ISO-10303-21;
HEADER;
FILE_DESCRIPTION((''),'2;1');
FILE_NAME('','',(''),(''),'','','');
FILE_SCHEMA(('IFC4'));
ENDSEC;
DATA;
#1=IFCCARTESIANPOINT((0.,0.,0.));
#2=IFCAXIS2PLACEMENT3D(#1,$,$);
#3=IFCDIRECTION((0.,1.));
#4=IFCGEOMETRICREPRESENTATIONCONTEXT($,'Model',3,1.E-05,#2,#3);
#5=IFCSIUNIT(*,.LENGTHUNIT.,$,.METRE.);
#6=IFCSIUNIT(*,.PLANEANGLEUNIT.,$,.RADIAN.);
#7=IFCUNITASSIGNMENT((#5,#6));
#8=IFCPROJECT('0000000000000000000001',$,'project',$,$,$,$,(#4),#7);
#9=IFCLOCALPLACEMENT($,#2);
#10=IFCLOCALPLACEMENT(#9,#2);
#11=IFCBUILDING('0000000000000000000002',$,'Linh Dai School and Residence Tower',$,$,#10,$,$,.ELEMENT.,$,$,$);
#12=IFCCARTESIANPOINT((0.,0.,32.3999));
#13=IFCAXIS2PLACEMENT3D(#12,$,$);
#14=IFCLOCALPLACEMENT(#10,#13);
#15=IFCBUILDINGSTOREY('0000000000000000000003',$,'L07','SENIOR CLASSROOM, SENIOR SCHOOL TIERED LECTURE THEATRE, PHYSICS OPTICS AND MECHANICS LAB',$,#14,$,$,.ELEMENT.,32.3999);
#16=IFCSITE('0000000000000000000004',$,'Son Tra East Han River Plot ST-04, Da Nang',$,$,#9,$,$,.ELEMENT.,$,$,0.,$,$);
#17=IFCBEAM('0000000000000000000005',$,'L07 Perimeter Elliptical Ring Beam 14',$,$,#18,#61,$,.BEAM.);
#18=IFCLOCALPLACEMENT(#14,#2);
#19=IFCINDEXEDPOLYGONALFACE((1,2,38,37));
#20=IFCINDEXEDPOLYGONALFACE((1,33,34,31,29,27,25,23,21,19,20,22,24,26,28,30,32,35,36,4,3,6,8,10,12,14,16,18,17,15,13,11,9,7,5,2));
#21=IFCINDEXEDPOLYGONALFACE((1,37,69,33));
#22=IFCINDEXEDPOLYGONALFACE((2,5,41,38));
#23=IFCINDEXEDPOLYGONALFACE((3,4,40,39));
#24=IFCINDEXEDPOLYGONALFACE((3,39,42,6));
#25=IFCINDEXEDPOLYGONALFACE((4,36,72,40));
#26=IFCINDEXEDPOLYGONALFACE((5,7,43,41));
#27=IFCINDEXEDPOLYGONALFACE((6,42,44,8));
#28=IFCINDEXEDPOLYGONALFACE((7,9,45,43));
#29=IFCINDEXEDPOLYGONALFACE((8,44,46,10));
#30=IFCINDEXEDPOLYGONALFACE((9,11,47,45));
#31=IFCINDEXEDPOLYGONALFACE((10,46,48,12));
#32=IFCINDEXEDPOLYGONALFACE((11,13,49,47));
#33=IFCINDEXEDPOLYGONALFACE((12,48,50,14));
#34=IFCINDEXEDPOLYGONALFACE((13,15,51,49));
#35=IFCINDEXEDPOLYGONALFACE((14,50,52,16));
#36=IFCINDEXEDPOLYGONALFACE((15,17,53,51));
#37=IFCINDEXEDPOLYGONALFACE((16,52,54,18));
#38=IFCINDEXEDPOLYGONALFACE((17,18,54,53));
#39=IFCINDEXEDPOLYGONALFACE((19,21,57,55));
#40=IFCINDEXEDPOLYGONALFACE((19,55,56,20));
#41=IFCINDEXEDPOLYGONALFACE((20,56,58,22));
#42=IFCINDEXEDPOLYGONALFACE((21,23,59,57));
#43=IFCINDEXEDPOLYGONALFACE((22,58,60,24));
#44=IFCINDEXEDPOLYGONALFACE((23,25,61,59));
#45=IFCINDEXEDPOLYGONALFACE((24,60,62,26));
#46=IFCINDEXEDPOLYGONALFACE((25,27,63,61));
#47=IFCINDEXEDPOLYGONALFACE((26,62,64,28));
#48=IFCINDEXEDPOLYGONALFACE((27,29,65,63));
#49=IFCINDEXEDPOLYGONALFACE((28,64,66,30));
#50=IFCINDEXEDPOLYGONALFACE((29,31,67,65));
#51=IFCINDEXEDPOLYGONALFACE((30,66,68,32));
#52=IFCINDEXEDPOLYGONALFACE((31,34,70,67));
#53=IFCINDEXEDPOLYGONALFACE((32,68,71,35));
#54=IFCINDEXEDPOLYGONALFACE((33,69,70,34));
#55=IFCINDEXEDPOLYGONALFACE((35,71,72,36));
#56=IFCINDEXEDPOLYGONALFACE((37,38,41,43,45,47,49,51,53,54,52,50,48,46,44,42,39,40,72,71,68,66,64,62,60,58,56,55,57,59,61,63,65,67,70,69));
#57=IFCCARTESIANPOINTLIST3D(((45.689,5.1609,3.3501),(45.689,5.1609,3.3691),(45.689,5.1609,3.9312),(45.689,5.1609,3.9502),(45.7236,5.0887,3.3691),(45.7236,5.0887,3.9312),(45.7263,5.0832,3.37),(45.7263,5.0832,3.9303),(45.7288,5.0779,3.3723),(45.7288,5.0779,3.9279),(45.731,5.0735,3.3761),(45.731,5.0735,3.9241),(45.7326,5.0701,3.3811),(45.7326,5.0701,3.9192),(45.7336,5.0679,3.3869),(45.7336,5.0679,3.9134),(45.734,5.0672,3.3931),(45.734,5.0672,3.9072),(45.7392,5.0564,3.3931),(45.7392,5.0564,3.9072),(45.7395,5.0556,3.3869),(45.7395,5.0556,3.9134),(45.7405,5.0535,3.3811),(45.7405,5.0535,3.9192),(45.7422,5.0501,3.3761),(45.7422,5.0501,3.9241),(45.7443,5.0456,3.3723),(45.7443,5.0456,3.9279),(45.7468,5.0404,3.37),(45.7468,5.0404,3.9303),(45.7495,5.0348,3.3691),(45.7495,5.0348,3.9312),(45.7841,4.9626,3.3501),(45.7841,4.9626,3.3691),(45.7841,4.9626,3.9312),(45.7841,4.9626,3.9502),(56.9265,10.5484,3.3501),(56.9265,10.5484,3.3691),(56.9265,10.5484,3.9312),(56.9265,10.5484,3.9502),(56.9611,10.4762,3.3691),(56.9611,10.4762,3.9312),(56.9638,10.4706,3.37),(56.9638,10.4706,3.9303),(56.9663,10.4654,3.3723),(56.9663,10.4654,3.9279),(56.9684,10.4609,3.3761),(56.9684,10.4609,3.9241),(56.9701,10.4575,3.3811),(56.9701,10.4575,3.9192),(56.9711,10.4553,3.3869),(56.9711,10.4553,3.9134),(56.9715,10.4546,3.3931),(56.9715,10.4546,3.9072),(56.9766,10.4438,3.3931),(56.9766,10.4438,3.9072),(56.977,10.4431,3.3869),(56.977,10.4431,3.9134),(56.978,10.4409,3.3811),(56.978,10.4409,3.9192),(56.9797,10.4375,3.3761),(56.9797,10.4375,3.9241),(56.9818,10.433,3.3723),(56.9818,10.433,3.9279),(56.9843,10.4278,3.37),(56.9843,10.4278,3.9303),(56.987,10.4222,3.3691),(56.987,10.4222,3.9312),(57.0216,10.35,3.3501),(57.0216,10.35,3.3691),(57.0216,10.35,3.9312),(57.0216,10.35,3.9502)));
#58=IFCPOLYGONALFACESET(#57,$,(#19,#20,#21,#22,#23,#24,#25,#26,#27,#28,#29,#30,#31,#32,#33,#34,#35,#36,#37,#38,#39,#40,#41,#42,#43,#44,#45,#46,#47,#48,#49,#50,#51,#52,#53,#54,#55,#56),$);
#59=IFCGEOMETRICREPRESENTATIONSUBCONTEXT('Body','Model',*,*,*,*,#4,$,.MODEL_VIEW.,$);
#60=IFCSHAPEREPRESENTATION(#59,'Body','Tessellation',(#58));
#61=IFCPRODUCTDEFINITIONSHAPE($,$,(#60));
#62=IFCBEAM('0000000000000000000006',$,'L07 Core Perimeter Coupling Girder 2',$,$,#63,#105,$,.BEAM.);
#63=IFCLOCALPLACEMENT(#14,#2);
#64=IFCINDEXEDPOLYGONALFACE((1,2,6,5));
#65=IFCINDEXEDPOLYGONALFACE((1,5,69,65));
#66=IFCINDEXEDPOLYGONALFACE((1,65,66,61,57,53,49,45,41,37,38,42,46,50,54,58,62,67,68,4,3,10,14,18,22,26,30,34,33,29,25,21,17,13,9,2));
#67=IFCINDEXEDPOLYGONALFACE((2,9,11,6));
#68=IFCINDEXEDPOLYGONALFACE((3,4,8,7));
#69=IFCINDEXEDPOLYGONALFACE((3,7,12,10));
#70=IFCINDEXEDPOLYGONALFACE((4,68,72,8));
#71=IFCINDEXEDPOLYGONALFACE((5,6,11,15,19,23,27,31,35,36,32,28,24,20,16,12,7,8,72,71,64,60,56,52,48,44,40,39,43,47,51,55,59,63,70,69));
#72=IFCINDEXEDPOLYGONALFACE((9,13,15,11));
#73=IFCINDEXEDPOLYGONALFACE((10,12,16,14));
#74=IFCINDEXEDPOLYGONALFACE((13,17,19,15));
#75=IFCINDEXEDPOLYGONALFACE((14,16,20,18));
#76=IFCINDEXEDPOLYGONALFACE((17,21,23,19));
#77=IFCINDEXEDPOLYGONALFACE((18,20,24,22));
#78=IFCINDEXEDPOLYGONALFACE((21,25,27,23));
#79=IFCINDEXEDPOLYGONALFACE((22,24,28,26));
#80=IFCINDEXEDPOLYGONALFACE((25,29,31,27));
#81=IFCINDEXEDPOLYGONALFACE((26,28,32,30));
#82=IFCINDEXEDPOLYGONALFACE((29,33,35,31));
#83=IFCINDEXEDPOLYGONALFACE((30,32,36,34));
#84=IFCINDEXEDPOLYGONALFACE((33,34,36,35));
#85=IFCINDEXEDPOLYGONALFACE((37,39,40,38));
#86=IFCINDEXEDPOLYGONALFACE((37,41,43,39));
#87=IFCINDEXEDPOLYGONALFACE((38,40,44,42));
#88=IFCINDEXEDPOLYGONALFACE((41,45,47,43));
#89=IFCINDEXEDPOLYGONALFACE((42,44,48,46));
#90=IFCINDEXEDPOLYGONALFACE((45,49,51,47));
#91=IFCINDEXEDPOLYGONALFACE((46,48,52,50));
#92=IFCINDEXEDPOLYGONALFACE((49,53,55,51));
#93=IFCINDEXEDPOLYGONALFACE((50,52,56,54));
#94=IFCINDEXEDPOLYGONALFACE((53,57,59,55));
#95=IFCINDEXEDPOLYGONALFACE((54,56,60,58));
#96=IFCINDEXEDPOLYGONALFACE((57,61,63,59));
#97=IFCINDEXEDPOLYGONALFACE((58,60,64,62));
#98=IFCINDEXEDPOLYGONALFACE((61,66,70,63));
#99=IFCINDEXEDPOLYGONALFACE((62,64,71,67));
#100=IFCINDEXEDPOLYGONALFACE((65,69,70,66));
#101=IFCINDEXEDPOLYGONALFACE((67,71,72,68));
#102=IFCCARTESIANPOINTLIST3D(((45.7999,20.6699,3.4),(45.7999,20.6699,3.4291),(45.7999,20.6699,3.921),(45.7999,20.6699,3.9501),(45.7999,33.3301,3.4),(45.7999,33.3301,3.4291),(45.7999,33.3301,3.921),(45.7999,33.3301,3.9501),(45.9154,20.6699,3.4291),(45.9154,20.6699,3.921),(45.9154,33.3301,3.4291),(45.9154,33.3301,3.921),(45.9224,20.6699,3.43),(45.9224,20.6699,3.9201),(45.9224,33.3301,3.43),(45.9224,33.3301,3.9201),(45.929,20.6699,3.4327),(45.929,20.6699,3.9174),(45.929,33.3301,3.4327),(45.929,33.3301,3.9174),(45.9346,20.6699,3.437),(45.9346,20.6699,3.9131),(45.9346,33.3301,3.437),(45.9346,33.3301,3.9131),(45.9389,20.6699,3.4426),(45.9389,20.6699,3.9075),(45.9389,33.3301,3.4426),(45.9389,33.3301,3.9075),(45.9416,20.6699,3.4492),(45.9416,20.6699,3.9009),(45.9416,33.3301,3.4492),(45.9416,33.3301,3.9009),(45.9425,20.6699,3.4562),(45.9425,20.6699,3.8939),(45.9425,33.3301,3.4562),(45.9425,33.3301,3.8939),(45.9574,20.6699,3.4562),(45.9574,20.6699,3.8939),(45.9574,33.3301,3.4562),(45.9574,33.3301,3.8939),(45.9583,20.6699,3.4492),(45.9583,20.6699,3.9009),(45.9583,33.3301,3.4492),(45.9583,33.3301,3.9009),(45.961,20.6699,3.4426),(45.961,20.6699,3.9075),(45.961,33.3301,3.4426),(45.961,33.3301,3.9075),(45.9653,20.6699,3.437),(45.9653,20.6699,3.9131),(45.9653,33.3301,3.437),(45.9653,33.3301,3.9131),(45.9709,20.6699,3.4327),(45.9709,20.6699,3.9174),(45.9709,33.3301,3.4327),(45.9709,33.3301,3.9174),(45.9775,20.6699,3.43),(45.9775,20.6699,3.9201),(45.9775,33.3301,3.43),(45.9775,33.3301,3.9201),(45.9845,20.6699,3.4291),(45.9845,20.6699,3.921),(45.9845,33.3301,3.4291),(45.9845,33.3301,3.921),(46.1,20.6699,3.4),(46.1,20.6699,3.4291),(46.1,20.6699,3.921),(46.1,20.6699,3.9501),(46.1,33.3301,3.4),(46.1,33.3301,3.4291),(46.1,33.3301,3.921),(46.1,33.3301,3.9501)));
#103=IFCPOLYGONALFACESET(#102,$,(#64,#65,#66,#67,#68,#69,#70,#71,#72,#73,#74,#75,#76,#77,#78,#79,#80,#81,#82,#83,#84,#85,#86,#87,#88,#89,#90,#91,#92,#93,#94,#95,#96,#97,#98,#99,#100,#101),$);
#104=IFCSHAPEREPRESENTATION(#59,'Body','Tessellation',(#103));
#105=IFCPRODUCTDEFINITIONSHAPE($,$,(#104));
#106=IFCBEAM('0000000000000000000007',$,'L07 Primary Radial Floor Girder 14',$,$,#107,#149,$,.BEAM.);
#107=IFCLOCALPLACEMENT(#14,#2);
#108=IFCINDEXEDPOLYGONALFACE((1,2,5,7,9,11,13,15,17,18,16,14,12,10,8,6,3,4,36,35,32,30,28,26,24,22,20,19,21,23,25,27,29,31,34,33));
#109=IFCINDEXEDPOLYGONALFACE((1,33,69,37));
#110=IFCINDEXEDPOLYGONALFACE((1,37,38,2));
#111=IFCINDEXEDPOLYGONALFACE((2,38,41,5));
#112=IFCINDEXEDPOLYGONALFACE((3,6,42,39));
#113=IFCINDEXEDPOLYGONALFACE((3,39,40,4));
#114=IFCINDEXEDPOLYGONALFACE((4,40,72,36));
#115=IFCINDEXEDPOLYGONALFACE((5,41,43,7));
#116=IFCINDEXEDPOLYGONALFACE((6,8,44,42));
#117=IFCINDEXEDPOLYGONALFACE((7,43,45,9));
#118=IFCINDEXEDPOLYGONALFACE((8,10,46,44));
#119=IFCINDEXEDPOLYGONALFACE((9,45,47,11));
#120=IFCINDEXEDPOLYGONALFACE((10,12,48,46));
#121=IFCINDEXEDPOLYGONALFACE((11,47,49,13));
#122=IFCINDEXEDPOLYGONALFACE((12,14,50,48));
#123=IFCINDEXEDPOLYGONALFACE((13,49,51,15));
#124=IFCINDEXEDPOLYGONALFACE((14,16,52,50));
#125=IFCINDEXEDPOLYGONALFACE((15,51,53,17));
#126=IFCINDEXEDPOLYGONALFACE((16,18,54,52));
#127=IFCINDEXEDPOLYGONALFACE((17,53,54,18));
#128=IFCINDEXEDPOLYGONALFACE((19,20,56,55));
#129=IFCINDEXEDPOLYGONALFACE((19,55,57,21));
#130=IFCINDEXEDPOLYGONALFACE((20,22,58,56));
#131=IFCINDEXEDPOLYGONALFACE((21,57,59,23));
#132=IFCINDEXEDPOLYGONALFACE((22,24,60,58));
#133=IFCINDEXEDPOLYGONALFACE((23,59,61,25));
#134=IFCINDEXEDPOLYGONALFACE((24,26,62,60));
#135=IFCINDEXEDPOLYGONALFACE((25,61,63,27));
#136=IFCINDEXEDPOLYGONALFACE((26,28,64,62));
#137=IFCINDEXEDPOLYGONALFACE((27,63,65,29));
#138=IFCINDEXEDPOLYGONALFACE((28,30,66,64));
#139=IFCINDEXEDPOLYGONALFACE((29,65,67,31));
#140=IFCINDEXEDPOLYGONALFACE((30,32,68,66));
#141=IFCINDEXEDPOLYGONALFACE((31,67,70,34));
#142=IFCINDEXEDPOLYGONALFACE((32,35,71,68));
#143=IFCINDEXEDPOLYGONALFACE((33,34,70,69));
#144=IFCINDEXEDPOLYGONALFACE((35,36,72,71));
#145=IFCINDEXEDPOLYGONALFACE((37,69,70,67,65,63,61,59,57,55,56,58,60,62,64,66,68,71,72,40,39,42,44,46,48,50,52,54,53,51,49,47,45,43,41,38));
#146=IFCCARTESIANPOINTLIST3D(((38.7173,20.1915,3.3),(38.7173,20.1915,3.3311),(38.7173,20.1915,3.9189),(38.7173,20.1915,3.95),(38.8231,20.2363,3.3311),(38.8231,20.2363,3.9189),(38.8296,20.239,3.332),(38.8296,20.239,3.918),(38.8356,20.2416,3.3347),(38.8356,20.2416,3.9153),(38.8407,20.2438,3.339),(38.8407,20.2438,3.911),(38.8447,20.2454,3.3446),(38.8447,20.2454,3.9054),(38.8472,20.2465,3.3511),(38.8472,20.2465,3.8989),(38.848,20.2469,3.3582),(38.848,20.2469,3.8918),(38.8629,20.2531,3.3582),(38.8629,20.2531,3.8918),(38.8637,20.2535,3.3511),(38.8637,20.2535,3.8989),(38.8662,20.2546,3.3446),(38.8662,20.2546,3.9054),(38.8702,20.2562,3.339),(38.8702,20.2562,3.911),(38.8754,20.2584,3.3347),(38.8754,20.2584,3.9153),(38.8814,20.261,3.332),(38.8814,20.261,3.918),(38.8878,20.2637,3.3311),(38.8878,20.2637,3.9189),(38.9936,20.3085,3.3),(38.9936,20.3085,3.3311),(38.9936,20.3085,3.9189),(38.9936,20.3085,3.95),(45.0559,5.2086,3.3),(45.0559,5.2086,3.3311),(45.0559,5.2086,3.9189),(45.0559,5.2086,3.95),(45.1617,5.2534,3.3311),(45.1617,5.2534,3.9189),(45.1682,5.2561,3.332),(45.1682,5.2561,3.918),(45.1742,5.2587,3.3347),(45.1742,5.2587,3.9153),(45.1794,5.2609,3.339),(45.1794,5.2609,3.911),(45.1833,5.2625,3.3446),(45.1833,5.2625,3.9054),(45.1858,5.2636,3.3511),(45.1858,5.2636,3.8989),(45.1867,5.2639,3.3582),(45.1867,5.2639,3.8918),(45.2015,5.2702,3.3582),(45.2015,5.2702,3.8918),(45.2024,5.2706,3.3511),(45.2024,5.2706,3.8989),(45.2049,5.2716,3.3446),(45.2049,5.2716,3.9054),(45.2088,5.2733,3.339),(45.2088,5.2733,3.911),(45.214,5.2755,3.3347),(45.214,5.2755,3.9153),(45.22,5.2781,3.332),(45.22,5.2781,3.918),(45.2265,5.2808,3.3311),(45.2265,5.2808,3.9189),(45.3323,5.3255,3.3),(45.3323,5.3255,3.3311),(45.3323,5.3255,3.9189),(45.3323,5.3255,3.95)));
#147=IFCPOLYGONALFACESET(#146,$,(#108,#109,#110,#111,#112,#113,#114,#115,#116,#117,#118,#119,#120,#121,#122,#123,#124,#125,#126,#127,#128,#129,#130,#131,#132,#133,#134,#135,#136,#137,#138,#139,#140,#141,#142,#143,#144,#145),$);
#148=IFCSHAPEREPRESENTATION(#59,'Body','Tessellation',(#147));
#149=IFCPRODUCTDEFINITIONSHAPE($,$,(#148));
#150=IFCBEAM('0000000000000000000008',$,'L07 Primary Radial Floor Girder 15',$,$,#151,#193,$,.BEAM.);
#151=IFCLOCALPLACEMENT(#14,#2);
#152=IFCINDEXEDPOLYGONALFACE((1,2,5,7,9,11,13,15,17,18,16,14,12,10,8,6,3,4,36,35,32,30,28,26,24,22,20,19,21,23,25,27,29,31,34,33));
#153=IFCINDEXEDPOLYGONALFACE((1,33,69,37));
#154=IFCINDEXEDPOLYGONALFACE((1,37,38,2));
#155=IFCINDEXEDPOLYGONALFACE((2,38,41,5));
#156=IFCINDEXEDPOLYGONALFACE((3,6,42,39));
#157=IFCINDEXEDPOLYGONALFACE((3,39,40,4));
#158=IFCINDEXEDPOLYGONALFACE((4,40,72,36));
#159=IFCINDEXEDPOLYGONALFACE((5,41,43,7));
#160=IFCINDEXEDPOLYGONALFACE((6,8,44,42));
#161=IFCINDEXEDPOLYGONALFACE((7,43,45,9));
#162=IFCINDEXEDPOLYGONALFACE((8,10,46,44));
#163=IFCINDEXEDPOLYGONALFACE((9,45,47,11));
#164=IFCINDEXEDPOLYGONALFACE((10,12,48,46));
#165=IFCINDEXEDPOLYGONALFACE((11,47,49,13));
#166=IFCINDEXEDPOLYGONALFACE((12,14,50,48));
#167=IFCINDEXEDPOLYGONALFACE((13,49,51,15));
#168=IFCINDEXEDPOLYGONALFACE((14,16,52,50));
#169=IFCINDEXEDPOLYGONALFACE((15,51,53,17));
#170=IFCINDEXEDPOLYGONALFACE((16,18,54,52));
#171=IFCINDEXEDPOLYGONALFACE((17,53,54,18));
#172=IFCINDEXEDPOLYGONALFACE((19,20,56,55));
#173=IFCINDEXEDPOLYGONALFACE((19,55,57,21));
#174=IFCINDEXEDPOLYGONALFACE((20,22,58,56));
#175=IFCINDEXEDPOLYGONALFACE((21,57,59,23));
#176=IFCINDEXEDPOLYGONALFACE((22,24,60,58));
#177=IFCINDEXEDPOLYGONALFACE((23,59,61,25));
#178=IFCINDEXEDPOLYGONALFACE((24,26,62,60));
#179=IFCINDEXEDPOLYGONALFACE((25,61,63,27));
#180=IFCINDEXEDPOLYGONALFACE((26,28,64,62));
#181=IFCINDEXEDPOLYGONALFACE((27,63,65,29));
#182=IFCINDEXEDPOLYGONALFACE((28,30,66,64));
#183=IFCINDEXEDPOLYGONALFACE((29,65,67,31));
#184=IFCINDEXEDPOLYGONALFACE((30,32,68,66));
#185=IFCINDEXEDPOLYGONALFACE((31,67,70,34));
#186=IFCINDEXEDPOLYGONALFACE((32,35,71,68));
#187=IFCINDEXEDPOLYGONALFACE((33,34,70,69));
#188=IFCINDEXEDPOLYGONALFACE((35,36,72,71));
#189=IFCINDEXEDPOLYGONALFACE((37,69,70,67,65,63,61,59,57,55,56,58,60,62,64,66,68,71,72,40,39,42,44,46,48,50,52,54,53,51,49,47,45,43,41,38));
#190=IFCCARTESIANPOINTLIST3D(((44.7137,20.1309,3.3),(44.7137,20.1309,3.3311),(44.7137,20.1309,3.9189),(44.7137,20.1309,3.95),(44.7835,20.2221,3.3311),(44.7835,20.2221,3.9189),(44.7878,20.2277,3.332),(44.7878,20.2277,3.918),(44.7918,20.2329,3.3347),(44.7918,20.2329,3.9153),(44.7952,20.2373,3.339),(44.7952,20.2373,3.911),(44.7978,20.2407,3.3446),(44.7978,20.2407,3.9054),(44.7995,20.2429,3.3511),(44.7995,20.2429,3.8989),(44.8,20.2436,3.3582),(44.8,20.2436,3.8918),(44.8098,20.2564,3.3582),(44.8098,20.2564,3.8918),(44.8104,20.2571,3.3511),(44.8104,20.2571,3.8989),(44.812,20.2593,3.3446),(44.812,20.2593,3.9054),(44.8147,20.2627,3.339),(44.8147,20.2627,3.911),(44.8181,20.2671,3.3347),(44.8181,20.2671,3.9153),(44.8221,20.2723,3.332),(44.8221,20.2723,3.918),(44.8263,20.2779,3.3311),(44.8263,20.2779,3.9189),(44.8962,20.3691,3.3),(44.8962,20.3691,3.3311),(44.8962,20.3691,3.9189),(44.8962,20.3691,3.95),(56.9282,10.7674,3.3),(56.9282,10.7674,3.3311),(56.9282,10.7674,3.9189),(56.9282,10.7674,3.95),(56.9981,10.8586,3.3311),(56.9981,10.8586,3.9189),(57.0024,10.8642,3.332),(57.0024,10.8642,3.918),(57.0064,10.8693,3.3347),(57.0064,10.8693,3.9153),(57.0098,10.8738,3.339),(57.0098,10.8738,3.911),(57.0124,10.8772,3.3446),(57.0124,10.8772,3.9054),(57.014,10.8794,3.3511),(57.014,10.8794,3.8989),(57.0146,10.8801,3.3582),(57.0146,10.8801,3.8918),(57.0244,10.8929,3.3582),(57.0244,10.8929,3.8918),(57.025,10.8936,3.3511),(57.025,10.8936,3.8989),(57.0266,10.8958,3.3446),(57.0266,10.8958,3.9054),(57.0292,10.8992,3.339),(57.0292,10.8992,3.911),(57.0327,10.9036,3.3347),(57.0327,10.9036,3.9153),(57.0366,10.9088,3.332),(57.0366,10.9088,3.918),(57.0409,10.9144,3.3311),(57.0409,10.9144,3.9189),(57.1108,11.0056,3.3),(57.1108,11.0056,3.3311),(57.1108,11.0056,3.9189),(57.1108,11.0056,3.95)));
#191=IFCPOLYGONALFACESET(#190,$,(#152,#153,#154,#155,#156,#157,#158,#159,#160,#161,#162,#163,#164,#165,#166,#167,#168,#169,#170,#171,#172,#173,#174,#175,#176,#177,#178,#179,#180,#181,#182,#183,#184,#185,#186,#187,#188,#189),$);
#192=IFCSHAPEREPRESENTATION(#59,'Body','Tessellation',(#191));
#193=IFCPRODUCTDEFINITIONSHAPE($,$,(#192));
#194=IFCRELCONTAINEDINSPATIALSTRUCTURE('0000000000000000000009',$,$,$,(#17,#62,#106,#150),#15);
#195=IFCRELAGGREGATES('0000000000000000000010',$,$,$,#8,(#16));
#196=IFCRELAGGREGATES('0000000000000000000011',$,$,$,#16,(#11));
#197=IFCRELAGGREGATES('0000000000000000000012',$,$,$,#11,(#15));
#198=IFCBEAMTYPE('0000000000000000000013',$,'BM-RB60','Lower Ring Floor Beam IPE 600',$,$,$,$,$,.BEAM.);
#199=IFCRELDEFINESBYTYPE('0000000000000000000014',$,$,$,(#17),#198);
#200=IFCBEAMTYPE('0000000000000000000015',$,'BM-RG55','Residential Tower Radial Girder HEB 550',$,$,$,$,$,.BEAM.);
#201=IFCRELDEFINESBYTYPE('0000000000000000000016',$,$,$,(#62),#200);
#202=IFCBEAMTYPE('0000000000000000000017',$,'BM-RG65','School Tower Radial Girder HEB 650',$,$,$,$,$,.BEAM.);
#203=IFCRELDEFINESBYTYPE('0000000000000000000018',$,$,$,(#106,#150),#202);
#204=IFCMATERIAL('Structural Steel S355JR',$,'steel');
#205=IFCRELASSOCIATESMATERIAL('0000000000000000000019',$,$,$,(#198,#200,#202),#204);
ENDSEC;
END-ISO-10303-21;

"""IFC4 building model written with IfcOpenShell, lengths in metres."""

from ifc_helpers import new_model, si_unit, direction, frame, origin, origin_2d, place, context, subcontext, project, spatial, i_section, extrude, material, material_profile, profile_set, type_object, element, save


model = new_model("IFC4")

# Units and contexts
model_context = context("Model", 3, precision=1e-05, world=origin(), true_north=direction((0.0, 1.0)))
body_context = subcontext(model_context, "Body", "Model", "MODEL_VIEW")
ifc_project = project(units=[si_unit("LENGTHUNIT", "METRE"), si_unit("PLANEANGLEUNIT", "RADIAN")], contexts=[model_context])

# Site, building, storey
site_placement = place(None, origin())
site = spatial("IfcSite", under=ifc_project, at=site_placement, Name="Son Tra East Han River Plot ST-04, Da Nang", CompositionType="ELEMENT", RefElevation=0.0)
building_placement = place(site_placement, origin())
building = spatial("IfcBuilding", under=site, at=building_placement, Name="Linh Dai School and Residence Tower", CompositionType="ELEMENT")
storey_placement = place(building_placement, frame((0.0, 0.0, 32.3999)))
storey = spatial("IfcBuildingStorey", under=building, at=storey_placement, Name="L07", Description="SENIOR CLASSROOM, SENIOR SCHOOL TIERED LECTURE THEATRE, PHYSICS OPTICS AND MECHANICS LAB", CompositionType="ELEMENT", Elevation=32.3999)

# Shared definitions
ifc_material_1 = material(Name="Structural Steel S355JR", Category="steel")

# Beams
ifc_material_profile_1 = material_profile(ifc_material_1, i_section(OverallWidth=0.22, OverallDepth=0.6001, WebThickness=0.012, FlangeThickness=0.019, FilletRadius=0.0239, at=origin_2d()), Name="IPE 600")
ifc_profile_set_1 = profile_set([ifc_material_profile_1], Name="Structural Steel S355JR")
beam_type_1 = type_object("IfcBeamType", Name="BM-RB60", Description="Lower Ring Floor Beam IPE 600", PredefinedType="BEAM", material=ifc_profile_set_1)
beam_1_placement = place(storey_placement, frame((45.7366, 5.0618, 3.6501), z_axis=(0.901729, 0.432302, 0.0), x_axis=(-0.432302, 0.901729, 0.0)))
element("IfcBeam", 1, at=beam_1_placement, inside=storey, type_object=beam_type_1, Name="L07 Perimeter Elliptical Ring Beam 14", PredefinedType="BEAM", context=body_context, shape_type="SweptSolid", body=[
    extrude(i_section(OverallWidth=0.22, OverallDepth=0.6001, WebThickness=0.012, FlangeThickness=0.019, FilletRadius=0.0239, at=origin_2d()), origin(), (0.0, 0.0, 1.0), 12.4622),
])
ifc_material_profile_2 = material_profile(ifc_material_1, i_section(OverallWidth=0.3, OverallDepth=0.55, WebThickness=0.0149, FlangeThickness=0.0291, FilletRadius=0.0271, at=origin_2d()), Name="HEB 550")
ifc_profile_set_2 = profile_set([ifc_material_profile_2], Name="Structural Steel S355JR")
beam_type_2 = type_object("IfcBeamType", Name="BM-RG55", Description="Residential Tower Radial Girder HEB 550", PredefinedType="BEAM", material=ifc_profile_set_2)
beam_2_placement = place(storey_placement, frame((45.95, 20.6699, 3.675), z_axis=(0.0, 1.0, 0.0), x_axis=(-1.0, 0.0, 0.0)))
element("IfcBeam", 2, at=beam_2_placement, inside=storey, type_object=beam_type_2, Name="L07 Core Perimeter Coupling Girder 2", PredefinedType="BEAM", context=body_context, shape_type="SweptSolid", body=[
    extrude(i_section(OverallWidth=0.3, OverallDepth=0.55, WebThickness=0.0149, FlangeThickness=0.0291, FilletRadius=0.0271, at=origin_2d()), origin(), (0.0, 0.0, 1.0), 12.6602),
])
ifc_material_profile_3 = material_profile(ifc_material_1, i_section(OverallWidth=0.3, OverallDepth=0.6499, WebThickness=0.0161, FlangeThickness=0.031, FilletRadius=0.0271, at=origin_2d()), Name="HEB 650")
ifc_profile_set_3 = profile_set([ifc_material_profile_3], Name="Structural Steel S355JR")
beam_type_3 = type_object("IfcBeamType", Name="BM-RG65", Description="School Tower Radial Girder HEB 650", PredefinedType="BEAM", material=ifc_profile_set_3)
beam_3_placement = place(storey_placement, frame((38.8555, 20.25, 3.625), z_axis=(0.389624, -0.920974, 0.0), x_axis=(0.920974, 0.389624, 0.0)))
element("IfcBeam", 3, at=beam_3_placement, inside=storey, type_object=beam_type_3, Name="L07 Primary Radial Floor Girder 14", PredefinedType="BEAM", context=body_context, shape_type="SweptSolid", body=[
    extrude(i_section(OverallWidth=0.3, OverallDepth=0.6499, WebThickness=0.0161, FlangeThickness=0.031, FilletRadius=0.0271, at=origin_2d()), origin(), (0.0, 0.0, 1.0), 16.2686),
])
beam_4_placement = place(storey_placement, frame((44.8049, 20.25, 3.625), z_axis=(0.793638, -0.608391, 0.0), x_axis=(0.608391, 0.793638, 0.0)))
element("IfcBeam", 4, at=beam_4_placement, inside=storey, type_object=beam_type_3, Name="L07 Primary Radial Floor Girder 15", PredefinedType="BEAM", context=body_context, shape_type="SweptSolid", body=[
    extrude(i_section(OverallWidth=0.3, OverallDepth=0.6499, WebThickness=0.0161, FlangeThickness=0.031, FilletRadius=0.0271, at=origin_2d()), origin(), (0.0, 0.0, 1.0), 15.3906),
])

save(model, "model.ifc")
